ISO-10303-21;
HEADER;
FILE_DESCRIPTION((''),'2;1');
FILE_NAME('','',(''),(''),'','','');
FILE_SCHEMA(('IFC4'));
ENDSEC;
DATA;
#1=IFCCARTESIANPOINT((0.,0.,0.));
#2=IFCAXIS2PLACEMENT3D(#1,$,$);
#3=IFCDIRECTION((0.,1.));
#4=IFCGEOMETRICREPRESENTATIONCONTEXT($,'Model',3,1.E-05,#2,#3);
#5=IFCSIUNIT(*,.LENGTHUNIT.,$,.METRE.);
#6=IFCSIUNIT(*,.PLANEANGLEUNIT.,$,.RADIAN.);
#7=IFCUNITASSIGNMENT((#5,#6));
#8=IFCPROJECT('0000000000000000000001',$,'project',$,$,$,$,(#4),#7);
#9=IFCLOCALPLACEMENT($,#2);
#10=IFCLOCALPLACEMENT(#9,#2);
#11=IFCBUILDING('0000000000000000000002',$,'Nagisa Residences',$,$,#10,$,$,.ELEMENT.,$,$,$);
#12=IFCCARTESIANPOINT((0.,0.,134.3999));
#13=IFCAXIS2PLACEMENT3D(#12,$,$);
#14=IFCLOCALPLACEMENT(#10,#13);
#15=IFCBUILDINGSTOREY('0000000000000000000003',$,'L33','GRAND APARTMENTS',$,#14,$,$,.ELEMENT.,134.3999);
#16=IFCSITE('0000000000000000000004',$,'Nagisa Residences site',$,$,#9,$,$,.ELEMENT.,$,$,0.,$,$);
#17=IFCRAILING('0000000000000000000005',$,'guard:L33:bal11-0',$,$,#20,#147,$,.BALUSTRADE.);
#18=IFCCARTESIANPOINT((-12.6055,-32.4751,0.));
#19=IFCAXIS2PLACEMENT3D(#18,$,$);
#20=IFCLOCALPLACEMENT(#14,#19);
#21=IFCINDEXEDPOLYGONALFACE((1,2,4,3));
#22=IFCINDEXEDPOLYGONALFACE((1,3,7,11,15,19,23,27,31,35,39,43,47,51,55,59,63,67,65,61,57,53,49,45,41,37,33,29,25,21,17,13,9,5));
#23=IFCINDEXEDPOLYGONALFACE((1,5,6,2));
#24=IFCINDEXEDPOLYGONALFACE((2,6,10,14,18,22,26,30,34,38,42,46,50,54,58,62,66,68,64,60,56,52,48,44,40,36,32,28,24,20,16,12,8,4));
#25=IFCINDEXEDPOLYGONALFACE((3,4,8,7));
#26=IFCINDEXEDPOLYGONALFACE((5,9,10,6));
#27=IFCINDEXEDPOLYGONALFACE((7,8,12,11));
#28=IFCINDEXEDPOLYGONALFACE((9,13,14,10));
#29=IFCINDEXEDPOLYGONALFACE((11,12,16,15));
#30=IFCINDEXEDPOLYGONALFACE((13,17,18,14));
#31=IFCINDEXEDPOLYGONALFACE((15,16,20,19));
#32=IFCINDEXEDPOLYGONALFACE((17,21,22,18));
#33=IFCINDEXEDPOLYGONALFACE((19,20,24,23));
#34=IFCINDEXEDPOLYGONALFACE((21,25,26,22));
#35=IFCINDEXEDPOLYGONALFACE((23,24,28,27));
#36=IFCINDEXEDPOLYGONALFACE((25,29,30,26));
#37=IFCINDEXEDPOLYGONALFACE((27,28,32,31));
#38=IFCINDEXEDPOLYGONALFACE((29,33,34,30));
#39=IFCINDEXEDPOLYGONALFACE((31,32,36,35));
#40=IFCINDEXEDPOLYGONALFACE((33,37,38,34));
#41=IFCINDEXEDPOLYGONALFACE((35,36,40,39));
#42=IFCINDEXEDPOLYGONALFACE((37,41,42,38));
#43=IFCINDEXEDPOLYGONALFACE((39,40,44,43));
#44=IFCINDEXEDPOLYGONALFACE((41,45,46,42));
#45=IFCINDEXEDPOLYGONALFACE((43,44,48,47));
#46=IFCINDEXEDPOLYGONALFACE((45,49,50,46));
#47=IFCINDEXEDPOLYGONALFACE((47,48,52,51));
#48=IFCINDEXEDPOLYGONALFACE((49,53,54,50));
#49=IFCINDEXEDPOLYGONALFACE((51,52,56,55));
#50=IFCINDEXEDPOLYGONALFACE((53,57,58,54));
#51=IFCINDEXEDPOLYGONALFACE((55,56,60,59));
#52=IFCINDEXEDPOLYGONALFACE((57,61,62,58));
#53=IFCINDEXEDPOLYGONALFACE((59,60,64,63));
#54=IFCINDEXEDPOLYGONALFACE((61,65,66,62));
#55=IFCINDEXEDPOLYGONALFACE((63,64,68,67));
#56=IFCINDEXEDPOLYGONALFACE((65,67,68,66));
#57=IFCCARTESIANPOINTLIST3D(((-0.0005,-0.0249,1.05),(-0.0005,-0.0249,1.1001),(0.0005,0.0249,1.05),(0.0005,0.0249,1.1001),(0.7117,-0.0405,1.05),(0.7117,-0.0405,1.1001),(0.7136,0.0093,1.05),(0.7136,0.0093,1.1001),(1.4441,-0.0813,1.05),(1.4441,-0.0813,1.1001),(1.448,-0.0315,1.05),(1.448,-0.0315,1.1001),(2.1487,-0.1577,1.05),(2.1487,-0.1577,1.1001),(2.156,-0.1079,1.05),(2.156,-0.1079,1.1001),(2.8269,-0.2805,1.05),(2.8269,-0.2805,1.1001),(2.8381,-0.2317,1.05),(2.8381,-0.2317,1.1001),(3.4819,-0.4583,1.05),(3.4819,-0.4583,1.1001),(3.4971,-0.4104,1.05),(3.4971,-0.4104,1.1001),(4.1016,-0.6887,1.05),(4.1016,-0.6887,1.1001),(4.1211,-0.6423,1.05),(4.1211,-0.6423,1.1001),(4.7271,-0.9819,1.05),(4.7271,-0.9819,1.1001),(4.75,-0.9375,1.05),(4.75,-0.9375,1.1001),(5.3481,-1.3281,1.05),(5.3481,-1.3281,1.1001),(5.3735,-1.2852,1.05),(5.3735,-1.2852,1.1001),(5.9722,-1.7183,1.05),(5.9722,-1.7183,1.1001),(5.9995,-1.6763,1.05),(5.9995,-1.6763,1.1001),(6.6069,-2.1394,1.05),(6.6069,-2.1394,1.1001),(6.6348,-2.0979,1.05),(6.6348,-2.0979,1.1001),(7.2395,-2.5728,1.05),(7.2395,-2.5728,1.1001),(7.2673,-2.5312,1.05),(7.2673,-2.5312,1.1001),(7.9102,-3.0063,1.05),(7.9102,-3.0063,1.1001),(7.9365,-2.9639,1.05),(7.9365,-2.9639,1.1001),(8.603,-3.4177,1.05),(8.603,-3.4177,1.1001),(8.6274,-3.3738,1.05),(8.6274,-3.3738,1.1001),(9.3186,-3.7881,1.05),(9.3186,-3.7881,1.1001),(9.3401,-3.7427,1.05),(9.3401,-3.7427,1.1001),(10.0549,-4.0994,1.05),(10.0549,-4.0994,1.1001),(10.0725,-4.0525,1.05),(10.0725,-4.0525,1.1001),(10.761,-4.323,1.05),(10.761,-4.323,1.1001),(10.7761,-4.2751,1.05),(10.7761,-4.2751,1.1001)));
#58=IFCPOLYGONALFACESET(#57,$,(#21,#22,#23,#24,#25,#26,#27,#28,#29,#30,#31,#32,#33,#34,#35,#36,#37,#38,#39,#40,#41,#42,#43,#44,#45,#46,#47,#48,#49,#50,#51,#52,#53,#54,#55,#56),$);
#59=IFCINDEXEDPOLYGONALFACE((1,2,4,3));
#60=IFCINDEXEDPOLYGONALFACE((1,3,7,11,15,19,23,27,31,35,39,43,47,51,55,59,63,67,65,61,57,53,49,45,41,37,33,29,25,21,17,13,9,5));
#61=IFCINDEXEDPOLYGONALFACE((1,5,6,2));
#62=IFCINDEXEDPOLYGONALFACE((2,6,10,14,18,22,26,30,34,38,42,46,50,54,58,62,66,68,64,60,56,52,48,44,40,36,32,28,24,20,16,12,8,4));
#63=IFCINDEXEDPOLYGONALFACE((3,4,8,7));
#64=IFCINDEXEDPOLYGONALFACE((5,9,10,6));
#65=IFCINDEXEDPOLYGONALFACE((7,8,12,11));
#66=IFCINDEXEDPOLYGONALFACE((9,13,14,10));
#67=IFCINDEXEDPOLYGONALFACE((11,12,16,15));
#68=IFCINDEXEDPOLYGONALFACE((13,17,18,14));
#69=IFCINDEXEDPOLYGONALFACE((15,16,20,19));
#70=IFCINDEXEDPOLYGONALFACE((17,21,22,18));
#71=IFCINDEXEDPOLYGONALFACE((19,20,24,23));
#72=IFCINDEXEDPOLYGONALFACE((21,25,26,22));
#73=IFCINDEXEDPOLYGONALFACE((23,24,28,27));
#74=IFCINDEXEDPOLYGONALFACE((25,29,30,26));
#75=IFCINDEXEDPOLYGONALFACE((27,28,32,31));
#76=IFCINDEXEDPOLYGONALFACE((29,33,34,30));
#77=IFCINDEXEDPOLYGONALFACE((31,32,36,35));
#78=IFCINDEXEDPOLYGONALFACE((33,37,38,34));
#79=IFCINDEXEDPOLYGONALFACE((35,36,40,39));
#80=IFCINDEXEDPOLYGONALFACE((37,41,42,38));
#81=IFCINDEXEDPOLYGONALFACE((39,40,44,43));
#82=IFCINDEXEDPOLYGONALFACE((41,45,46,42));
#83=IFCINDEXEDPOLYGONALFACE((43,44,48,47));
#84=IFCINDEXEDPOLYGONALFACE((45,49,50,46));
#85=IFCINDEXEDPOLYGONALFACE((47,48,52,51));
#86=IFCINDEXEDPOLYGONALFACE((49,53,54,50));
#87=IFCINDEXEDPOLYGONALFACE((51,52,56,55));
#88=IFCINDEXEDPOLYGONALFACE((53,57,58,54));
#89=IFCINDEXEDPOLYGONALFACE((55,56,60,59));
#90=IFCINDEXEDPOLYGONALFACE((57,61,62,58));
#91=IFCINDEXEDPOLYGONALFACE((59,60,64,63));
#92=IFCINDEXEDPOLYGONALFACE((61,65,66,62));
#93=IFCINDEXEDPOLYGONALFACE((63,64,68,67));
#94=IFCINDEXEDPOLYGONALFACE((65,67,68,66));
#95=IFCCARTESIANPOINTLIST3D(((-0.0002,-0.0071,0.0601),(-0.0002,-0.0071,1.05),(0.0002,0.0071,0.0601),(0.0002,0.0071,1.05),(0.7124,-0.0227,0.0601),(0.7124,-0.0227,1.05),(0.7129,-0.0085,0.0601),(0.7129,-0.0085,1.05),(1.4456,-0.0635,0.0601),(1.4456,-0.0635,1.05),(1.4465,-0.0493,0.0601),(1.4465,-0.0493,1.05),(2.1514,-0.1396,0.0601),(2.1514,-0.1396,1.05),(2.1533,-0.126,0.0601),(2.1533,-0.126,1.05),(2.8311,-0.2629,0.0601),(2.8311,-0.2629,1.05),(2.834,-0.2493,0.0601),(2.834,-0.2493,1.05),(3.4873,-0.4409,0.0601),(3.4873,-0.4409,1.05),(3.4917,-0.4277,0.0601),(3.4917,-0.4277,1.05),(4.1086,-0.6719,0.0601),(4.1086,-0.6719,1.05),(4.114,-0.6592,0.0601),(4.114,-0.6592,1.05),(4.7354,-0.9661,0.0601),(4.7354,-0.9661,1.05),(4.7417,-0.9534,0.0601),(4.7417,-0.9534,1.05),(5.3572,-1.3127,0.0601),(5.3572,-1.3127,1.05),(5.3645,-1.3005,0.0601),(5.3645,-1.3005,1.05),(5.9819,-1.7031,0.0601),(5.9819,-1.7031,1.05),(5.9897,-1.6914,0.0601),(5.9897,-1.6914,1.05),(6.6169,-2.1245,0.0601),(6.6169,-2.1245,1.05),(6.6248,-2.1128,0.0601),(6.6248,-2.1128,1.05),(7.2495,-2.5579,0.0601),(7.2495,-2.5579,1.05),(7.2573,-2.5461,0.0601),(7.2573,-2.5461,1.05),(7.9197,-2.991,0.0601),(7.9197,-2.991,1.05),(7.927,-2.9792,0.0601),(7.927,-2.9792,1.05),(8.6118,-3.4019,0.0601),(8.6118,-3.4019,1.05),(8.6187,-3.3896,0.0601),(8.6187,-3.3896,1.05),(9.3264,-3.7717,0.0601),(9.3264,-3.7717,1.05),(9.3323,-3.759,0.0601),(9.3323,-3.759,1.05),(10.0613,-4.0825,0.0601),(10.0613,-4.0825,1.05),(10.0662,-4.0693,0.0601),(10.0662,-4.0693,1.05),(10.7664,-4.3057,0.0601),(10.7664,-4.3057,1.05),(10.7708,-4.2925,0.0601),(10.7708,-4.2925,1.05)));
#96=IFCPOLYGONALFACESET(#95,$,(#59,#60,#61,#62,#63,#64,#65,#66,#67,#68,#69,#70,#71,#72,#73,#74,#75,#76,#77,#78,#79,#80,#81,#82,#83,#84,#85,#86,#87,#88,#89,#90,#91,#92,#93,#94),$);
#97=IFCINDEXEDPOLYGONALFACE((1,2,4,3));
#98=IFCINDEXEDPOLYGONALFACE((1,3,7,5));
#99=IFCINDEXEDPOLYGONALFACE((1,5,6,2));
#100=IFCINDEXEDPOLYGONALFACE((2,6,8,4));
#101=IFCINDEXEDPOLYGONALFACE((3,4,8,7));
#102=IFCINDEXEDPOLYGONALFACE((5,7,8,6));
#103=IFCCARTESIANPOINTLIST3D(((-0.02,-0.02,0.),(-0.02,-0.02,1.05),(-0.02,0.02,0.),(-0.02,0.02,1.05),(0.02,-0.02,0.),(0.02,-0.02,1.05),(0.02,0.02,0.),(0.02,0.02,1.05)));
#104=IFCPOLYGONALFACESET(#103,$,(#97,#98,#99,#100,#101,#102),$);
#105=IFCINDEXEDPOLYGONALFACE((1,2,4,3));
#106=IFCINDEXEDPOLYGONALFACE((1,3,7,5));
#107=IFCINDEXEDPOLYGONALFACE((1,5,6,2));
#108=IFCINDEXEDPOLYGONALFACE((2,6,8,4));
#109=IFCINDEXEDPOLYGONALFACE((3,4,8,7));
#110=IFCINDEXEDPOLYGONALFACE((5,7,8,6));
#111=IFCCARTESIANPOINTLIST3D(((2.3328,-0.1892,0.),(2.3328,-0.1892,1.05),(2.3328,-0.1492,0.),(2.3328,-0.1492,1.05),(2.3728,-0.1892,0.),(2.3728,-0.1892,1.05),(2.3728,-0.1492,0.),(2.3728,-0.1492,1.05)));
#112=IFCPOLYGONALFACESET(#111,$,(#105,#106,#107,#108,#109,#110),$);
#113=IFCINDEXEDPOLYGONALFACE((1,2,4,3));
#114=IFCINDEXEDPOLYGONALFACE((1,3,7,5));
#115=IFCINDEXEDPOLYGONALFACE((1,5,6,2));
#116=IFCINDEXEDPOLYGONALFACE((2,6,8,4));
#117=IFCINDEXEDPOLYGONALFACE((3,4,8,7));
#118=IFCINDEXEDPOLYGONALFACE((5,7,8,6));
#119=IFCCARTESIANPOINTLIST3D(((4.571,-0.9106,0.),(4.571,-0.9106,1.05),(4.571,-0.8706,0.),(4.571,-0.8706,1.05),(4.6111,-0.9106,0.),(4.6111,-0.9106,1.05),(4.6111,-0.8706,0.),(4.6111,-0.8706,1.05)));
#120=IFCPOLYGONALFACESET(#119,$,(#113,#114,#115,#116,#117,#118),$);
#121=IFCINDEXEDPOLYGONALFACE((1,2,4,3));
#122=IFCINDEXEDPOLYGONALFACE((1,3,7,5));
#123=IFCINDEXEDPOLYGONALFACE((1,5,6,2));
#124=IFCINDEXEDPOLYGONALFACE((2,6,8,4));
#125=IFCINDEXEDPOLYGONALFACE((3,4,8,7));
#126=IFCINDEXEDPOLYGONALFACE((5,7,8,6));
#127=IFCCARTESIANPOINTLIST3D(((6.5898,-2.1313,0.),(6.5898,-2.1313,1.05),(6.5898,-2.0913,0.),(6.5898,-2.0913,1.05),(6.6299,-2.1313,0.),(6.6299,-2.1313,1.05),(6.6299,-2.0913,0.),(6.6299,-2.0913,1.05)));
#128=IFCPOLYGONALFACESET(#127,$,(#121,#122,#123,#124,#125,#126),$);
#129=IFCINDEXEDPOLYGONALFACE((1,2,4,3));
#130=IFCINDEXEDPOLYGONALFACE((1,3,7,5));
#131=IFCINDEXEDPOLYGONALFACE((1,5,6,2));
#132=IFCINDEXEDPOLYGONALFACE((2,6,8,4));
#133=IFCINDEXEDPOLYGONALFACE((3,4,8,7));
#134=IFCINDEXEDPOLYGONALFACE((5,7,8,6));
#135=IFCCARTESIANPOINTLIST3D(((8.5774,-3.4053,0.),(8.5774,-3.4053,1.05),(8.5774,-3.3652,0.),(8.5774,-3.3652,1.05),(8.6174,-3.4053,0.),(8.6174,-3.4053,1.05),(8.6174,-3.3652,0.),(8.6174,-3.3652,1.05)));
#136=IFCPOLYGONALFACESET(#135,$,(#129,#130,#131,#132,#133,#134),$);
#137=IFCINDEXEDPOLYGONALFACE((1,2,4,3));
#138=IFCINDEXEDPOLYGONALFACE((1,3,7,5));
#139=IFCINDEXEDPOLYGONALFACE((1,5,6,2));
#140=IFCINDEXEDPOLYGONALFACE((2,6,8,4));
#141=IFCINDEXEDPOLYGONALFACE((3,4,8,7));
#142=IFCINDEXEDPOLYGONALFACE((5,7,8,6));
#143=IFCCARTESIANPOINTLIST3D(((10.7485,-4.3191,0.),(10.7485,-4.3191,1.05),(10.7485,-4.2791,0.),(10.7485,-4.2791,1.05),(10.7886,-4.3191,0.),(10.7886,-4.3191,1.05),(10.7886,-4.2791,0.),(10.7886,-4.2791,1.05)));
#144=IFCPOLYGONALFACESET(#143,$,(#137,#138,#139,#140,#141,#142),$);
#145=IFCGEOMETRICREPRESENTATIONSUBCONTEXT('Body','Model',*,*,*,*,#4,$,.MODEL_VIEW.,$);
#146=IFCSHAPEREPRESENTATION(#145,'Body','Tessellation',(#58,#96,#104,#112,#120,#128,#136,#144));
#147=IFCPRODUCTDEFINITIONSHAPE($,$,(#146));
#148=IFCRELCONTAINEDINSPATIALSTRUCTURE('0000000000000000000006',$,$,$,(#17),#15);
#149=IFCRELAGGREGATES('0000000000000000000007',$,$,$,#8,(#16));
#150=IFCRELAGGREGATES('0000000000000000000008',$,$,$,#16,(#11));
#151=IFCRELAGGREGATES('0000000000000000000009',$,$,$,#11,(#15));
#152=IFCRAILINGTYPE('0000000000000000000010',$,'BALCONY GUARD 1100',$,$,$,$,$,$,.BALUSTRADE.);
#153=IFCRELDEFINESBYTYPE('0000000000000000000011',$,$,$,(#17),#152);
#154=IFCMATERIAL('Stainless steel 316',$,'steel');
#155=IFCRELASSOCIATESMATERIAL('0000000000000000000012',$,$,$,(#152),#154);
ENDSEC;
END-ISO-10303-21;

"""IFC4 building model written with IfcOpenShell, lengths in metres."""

from ifc_helpers import new_model, si_unit, direction, frame, origin, origin_2d, place, context, subcontext, project, spatial, polyline, rectangle, outline, extrude, material, type_object, element, save


model = new_model("IFC4")

# Units and contexts
model_context = context("Model", 3, precision=1e-05, world=origin(), true_north=direction((0.0, 1.0)))
body_context = subcontext(model_context, "Body", "Model", "MODEL_VIEW")
ifc_project = project(units=[si_unit("LENGTHUNIT", "METRE"), si_unit("PLANEANGLEUNIT", "RADIAN")], contexts=[model_context])

# Site, building, storey
site_placement = place(None, origin())
site = spatial("IfcSite", under=ifc_project, at=site_placement, Name="Nagisa Residences site", CompositionType="ELEMENT", RefElevation=0.0)
building_placement = place(site_placement, origin())
building = spatial("IfcBuilding", under=site, at=building_placement, Name="Nagisa Residences", CompositionType="ELEMENT")
storey_placement = place(building_placement, frame((0.0, 0.0, 134.3999)))
storey = spatial("IfcBuildingStorey", under=building, at=storey_placement, Name="L33", Description="GRAND APARTMENTS", CompositionType="ELEMENT", Elevation=134.3999)

# Railing
ifc_material_1 = material(Name="Stainless steel 316", Category="steel")
railing_type = type_object("IfcRailingType", Name="BALCONY GUARD 1100", PredefinedType="BALUSTRADE", material=ifc_material_1)
railing_1_placement = place(storey_placement, frame((-12.6055, -32.4751, 0.0)))
element("IfcRailing", 1, at=railing_1_placement, inside=storey, type_object=railing_type, Name="guard:L33:bal11-0", PredefinedType="BALUSTRADE", context=body_context, shape_type="SweptSolid", body=[
    extrude(outline(polyline([(0.7136, 0.0093), (0.0005, 0.0249), (-0.0005, -0.0249), (0.7117, -0.0405), (1.4441, -0.0813), (2.1487, -0.1577), (2.8269, -0.2805), (3.4819, -0.4583), (4.1016, -0.6887), (4.7271, -0.9819), (5.3481, -1.3281), (5.9722, -1.7183), (6.6069, -2.1394), (7.2395, -2.5728), (7.9102, -3.0063), (8.603, -3.4177), (9.3186, -3.7881), (10.0549, -4.0994), (10.761, -4.323), (10.7761, -4.2751), (10.0725, -4.0525), (9.3401, -3.7427), (8.6274, -3.3738), (7.9365, -2.9639), (7.2673, -2.5312), (6.6348, -2.0979), (5.9995, -1.6763), (5.3735, -1.2852), (4.75, -0.9375), (4.1211, -0.6423), (3.4971, -0.4104), (2.8381, -0.2317), (2.156, -0.1079), (1.448, -0.0315), (0.7136, 0.0093)])), frame((0.0, 0.0, 1.05)), (0.0, 0.0, 1.0), 0.05),
    extrude(outline(polyline([(0.7129, -0.0085), (0.0002, 0.0071), (-0.0002, -0.0071), (0.7124, -0.0227), (1.4456, -0.0635), (2.1514, -0.1396), (2.8311, -0.2629), (3.4873, -0.4409), (4.1086, -0.6719), (4.7354, -0.9661), (5.3572, -1.3127), (5.9819, -1.7031), (6.6169, -2.1245), (7.2495, -2.5579), (7.9197, -2.991), (8.6118, -3.4019), (9.3264, -3.7717), (10.0613, -4.0825), (10.7664, -4.3057), (10.7708, -4.2925), (10.0662, -4.0693), (9.3323, -3.759), (8.6187, -3.3896), (7.927, -2.9792), (7.2573, -2.5461), (6.6248, -2.1128), (5.9897, -1.6914), (5.3645, -1.3005), (4.7417, -0.9534), (4.114, -0.6592), (3.4917, -0.4277), (2.834, -0.2493), (2.1533, -0.126), (1.4465, -0.0493), (0.7129, -0.0085)])), frame((0.0, 0.0, 0.0601)), (0.0, 0.0, 1.0), 0.99),
    extrude(rectangle(XDim=0.04, YDim=0.04, at=origin_2d()), origin(), (0.0, 0.0, 1.0), 1.05),
    extrude(rectangle(XDim=0.04, YDim=0.04, at=origin_2d()), frame((2.3528, -0.1692, 0.0)), (0.0, 0.0, 1.0), 1.05),
    extrude(rectangle(XDim=0.04, YDim=0.04, at=origin_2d()), frame((4.5911, -0.8906, 0.0)), (0.0, 0.0, 1.0), 1.05),
    extrude(rectangle(XDim=0.04, YDim=0.04, at=origin_2d()), frame((6.6099, -2.1113, 0.0)), (0.0, 0.0, 1.0), 1.05),
    extrude(rectangle(XDim=0.04, YDim=0.04, at=origin_2d()), frame((8.5974, -3.3853, 0.0)), (0.0, 0.0, 1.0), 1.05),
    extrude(rectangle(XDim=0.04, YDim=0.04, at=origin_2d()), frame((10.7686, -4.2991, 0.0)), (0.0, 0.0, 1.0), 1.05),
])

save(model, "model.ifc")
